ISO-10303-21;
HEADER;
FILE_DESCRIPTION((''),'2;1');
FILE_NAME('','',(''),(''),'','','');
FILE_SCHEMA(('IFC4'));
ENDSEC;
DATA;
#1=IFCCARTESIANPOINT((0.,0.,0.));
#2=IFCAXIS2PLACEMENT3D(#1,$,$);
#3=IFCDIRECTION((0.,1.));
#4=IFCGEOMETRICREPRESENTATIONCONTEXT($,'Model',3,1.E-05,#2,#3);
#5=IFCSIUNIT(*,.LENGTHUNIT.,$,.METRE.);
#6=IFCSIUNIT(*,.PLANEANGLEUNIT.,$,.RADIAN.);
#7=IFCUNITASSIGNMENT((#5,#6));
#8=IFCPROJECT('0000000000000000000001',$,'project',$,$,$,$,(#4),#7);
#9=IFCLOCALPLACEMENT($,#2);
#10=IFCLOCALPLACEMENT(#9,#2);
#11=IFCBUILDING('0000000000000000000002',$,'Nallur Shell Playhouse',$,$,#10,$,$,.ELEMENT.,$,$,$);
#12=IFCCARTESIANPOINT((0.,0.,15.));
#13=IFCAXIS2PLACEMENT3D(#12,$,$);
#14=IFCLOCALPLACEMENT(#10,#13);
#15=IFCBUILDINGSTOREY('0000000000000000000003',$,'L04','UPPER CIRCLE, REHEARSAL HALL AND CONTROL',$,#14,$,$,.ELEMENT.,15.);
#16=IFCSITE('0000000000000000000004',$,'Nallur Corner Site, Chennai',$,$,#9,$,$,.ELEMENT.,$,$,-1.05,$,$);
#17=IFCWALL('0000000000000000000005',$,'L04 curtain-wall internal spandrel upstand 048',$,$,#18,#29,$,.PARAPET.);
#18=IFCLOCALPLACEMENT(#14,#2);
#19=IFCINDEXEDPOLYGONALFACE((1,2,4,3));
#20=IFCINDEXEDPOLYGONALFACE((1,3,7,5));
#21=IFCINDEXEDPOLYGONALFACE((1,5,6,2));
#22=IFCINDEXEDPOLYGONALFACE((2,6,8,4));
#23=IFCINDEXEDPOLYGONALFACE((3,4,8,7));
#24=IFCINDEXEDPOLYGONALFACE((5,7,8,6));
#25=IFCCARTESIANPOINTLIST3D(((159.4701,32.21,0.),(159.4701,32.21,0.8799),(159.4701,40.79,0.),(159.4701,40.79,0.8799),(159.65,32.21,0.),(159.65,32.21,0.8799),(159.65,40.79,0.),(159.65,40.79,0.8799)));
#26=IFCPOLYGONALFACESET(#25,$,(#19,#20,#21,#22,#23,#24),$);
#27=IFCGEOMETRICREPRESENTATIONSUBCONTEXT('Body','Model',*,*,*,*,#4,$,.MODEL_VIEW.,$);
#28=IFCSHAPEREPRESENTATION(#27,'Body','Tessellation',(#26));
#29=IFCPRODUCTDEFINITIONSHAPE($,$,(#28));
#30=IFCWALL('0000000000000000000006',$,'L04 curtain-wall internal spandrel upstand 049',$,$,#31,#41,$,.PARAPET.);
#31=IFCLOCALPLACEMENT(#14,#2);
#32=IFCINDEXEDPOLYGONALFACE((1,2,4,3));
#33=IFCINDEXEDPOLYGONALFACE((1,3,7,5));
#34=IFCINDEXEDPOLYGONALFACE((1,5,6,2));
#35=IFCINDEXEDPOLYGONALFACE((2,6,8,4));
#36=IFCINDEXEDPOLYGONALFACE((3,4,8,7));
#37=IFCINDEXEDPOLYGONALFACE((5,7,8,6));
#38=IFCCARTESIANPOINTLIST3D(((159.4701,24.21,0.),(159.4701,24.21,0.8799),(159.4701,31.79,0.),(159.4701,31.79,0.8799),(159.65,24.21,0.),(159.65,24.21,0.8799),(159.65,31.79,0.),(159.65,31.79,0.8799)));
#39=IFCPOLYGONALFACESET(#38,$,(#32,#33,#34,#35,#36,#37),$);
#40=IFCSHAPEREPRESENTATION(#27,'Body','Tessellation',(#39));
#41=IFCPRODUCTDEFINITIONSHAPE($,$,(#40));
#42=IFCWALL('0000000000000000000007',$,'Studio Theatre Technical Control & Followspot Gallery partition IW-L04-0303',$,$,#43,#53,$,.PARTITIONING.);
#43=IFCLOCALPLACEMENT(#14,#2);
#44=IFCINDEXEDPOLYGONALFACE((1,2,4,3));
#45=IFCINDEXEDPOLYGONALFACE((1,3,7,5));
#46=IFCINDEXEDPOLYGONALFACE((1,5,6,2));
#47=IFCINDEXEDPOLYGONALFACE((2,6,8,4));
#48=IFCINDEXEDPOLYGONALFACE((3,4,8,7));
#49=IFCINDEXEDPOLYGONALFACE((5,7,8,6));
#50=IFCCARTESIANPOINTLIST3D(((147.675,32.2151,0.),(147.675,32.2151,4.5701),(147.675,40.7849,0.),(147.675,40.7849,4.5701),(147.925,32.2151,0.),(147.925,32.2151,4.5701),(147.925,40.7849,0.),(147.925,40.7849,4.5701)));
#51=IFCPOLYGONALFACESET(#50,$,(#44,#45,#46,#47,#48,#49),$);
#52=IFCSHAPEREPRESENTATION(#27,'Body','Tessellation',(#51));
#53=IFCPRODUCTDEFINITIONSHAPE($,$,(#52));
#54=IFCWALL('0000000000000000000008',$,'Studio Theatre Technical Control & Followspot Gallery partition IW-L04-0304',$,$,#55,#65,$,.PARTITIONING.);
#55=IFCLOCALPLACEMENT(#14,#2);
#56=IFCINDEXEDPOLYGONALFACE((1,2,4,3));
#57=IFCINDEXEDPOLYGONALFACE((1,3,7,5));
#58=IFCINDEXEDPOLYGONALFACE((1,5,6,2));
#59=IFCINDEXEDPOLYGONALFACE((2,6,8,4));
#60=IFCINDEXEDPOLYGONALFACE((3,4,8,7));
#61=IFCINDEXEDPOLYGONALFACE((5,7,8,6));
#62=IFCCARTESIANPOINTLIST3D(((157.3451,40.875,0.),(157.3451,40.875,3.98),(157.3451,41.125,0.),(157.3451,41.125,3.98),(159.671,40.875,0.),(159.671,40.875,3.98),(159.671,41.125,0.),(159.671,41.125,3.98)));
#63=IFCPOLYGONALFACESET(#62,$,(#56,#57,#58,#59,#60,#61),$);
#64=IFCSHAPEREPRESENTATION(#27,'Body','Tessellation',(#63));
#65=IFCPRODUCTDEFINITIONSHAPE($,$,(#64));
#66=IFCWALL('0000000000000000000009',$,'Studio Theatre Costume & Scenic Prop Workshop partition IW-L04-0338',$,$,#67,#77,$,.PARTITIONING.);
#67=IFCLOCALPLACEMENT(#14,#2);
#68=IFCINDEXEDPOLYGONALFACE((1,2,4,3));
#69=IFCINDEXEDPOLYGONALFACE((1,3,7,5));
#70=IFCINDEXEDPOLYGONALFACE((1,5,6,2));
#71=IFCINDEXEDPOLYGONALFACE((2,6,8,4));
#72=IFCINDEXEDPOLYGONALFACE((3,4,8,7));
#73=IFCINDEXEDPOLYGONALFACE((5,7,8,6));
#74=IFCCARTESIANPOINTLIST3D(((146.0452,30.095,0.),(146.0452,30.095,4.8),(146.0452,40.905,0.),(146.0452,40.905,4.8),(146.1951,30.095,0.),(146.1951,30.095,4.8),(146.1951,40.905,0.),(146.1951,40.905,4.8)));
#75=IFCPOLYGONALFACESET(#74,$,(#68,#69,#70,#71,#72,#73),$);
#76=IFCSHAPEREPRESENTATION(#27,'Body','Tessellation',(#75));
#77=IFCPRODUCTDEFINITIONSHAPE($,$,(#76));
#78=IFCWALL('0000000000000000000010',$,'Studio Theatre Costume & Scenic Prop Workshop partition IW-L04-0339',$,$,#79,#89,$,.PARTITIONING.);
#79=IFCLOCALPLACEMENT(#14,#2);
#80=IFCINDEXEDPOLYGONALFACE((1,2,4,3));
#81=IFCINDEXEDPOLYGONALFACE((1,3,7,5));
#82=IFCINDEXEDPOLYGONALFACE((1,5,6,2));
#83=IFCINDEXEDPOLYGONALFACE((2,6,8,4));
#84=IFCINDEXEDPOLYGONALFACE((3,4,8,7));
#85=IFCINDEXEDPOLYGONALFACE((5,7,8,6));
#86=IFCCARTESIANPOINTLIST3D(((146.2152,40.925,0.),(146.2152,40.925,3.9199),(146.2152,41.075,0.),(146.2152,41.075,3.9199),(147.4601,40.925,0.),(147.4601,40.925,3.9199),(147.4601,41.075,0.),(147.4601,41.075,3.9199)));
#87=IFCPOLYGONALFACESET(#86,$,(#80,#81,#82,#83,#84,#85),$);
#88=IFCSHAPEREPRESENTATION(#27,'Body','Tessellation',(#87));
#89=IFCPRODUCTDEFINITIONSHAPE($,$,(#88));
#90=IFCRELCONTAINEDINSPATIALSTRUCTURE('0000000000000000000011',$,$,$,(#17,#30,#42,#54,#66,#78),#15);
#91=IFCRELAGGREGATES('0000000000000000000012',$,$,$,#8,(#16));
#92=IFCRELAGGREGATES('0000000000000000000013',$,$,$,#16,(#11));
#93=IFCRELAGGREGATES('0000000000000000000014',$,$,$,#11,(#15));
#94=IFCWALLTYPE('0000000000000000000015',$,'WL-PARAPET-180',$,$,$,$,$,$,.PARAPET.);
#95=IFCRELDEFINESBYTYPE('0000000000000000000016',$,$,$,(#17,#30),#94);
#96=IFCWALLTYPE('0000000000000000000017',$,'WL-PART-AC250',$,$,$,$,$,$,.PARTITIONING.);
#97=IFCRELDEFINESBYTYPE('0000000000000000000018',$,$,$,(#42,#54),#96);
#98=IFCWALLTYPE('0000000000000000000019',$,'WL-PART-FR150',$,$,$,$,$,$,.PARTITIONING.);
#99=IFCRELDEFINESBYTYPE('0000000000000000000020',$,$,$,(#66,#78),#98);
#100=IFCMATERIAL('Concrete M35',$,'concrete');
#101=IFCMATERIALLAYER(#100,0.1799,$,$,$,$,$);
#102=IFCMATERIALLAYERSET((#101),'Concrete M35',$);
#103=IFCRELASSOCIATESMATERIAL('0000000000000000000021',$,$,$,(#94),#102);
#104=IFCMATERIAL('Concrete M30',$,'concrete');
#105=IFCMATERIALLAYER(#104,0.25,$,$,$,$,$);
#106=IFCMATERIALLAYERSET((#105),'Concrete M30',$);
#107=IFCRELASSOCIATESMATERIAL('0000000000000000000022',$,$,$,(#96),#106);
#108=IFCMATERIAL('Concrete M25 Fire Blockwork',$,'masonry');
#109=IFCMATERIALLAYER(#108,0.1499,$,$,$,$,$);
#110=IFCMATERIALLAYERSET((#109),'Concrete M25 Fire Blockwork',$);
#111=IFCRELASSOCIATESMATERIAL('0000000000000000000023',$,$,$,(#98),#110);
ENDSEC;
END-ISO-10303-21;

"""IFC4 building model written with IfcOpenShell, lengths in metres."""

from ifc_helpers import new_model, si_unit, direction, frame, frame_2d, origin, place, context, subcontext, project, spatial, rectangle, extrude, material, layer, layer_set, type_object, element, save


model = new_model("IFC4")

# Units and contexts
model_context = context("Model", 3, precision=1e-05, world=origin(), true_north=direction((0.0, 1.0)))
body_context = subcontext(model_context, "Body", "Model", "MODEL_VIEW")
ifc_project = project(units=[si_unit("LENGTHUNIT", "METRE"), si_unit("PLANEANGLEUNIT", "RADIAN")], contexts=[model_context])

# Site, building, storey
site_placement = place(None, origin())
site = spatial("IfcSite", under=ifc_project, at=site_placement, Name="Nallur Corner Site, Chennai", CompositionType="ELEMENT", RefElevation=-1.05)
building_placement = place(site_placement, origin())
building = spatial("IfcBuilding", under=site, at=building_placement, Name="Nallur Shell Playhouse", CompositionType="ELEMENT")
storey_placement = place(building_placement, frame((0.0, 0.0, 15.0)))
storey = spatial("IfcBuildingStorey", under=building, at=storey_placement, Name="L04", Description="UPPER CIRCLE, REHEARSAL HALL AND CONTROL", CompositionType="ELEMENT", Elevation=15.0)

# Shared definitions
ifc_material_1 = material(Name="Concrete M35", Category="concrete")

# Walls
ifc_layer_1 = layer(ifc_material_1, 0.1799)
ifc_layer_set_1 = layer_set([ifc_layer_1], Name="Concrete M35")
wall_type_1 = type_object("IfcWallType", Name="WL-PARAPET-180", PredefinedType="PARAPET", material=ifc_layer_set_1)
wall_1_placement = place(storey_placement, frame((159.5601, 40.79, 0.0), z_axis=(0.0, 0.0, 1.0), x_axis=(0.0, -1.0, 0.0)))
element("IfcWall", 1, at=wall_1_placement, inside=storey, type_object=wall_type_1, Name="L04 curtain-wall internal spandrel upstand 048", PredefinedType="PARAPET", context=body_context, shape_type="SweptSolid", body=[
    extrude(rectangle(XDim=8.5801, YDim=0.1799, at=frame_2d((4.29, 0.0))), origin(), (0.0, 0.0, 1.0), 0.8799),
])
wall_2_placement = place(storey_placement, frame((159.5601, 31.79, 0.0), z_axis=(0.0, 0.0, 1.0), x_axis=(0.0, -1.0, 0.0)))
element("IfcWall", 2, at=wall_2_placement, inside=storey, type_object=wall_type_1, Name="L04 curtain-wall internal spandrel upstand 049", PredefinedType="PARAPET", context=body_context, shape_type="SweptSolid", body=[
    extrude(rectangle(XDim=7.5801, YDim=0.1799, at=frame_2d((3.79, 0.0))), origin(), (0.0, 0.0, 1.0), 0.8799),
])
ifc_material_2 = material(Name="Concrete M30", Category="concrete")
ifc_layer_2 = layer(ifc_material_2, 0.25)
ifc_layer_set_2 = layer_set([ifc_layer_2], Name="Concrete M30")
wall_type_2 = type_object("IfcWallType", Name="WL-PART-AC250", PredefinedType="PARTITIONING", material=ifc_layer_set_2)
wall_3_placement = place(storey_placement, frame((147.8, 32.2151, 0.0), z_axis=(0.0, 0.0, 1.0), x_axis=(0.0, 1.0, 0.0)))
element("IfcWall", 3, at=wall_3_placement, inside=storey, type_object=wall_type_2, Name="Studio Theatre Technical Control & Followspot Gallery partition IW-L04-0303", PredefinedType="PARTITIONING", context=body_context, shape_type="SweptSolid", body=[
    extrude(rectangle(XDim=8.5698, YDim=0.25, at=frame_2d((4.2849, 0.0))), origin(), (0.0, 0.0, 1.0), 4.5701),
])
wall_4_placement = place(storey_placement, frame((157.345, 41.0, 0.0), z_axis=(0.0, 0.0, 1.0), x_axis=(1.0, 0.0, 0.0)))
element("IfcWall", 4, at=wall_4_placement, inside=storey, type_object=wall_type_2, Name="Studio Theatre Technical Control & Followspot Gallery partition IW-L04-0304", PredefinedType="PARTITIONING", context=body_context, shape_type="SweptSolid", body=[
    extrude(rectangle(XDim=2.3259, YDim=0.25, at=frame_2d((1.1631, 0.0))), origin(), (0.0, 0.0, 1.0), 3.98),
])
ifc_material_3 = material(Name="Concrete M25 Fire Blockwork", Category="masonry")
ifc_layer_3 = layer(ifc_material_3, 0.1499)
ifc_layer_set_3 = layer_set([ifc_layer_3], Name="Concrete M25 Fire Blockwork")
wall_type_3 = type_object("IfcWallType", Name="WL-PART-FR150", PredefinedType="PARTITIONING", material=ifc_layer_set_3)
wall_5_placement = place(storey_placement, frame((146.1201, 30.095, 0.0), z_axis=(0.0, 0.0, 1.0), x_axis=(0.0, 1.0, 0.0)))
element("IfcWall", 5, at=wall_5_placement, inside=storey, type_object=wall_type_3, Name="Studio Theatre Costume & Scenic Prop Workshop partition IW-L04-0338", PredefinedType="PARTITIONING", context=body_context, shape_type="SweptSolid", body=[
    extrude(rectangle(XDim=10.8101, YDim=0.1499, at=frame_2d((5.405, 0.0))), origin(), (0.0, 0.0, 1.0), 4.8),
])
wall_6_placement = place(storey_placement, frame((146.2151, 41.0, 0.0), z_axis=(0.0, 0.0, 1.0), x_axis=(1.0, 0.0, 0.0)))
element("IfcWall", 6, at=wall_6_placement, inside=storey, type_object=wall_type_3, Name="Studio Theatre Costume & Scenic Prop Workshop partition IW-L04-0339", PredefinedType="PARTITIONING", context=body_context, shape_type="SweptSolid", body=[
    extrude(rectangle(XDim=1.2449, YDim=0.1499, at=frame_2d((0.6226, 0.0))), origin(), (0.0, 0.0, 1.0), 3.9199),
])

save(model, "model.ifc")
